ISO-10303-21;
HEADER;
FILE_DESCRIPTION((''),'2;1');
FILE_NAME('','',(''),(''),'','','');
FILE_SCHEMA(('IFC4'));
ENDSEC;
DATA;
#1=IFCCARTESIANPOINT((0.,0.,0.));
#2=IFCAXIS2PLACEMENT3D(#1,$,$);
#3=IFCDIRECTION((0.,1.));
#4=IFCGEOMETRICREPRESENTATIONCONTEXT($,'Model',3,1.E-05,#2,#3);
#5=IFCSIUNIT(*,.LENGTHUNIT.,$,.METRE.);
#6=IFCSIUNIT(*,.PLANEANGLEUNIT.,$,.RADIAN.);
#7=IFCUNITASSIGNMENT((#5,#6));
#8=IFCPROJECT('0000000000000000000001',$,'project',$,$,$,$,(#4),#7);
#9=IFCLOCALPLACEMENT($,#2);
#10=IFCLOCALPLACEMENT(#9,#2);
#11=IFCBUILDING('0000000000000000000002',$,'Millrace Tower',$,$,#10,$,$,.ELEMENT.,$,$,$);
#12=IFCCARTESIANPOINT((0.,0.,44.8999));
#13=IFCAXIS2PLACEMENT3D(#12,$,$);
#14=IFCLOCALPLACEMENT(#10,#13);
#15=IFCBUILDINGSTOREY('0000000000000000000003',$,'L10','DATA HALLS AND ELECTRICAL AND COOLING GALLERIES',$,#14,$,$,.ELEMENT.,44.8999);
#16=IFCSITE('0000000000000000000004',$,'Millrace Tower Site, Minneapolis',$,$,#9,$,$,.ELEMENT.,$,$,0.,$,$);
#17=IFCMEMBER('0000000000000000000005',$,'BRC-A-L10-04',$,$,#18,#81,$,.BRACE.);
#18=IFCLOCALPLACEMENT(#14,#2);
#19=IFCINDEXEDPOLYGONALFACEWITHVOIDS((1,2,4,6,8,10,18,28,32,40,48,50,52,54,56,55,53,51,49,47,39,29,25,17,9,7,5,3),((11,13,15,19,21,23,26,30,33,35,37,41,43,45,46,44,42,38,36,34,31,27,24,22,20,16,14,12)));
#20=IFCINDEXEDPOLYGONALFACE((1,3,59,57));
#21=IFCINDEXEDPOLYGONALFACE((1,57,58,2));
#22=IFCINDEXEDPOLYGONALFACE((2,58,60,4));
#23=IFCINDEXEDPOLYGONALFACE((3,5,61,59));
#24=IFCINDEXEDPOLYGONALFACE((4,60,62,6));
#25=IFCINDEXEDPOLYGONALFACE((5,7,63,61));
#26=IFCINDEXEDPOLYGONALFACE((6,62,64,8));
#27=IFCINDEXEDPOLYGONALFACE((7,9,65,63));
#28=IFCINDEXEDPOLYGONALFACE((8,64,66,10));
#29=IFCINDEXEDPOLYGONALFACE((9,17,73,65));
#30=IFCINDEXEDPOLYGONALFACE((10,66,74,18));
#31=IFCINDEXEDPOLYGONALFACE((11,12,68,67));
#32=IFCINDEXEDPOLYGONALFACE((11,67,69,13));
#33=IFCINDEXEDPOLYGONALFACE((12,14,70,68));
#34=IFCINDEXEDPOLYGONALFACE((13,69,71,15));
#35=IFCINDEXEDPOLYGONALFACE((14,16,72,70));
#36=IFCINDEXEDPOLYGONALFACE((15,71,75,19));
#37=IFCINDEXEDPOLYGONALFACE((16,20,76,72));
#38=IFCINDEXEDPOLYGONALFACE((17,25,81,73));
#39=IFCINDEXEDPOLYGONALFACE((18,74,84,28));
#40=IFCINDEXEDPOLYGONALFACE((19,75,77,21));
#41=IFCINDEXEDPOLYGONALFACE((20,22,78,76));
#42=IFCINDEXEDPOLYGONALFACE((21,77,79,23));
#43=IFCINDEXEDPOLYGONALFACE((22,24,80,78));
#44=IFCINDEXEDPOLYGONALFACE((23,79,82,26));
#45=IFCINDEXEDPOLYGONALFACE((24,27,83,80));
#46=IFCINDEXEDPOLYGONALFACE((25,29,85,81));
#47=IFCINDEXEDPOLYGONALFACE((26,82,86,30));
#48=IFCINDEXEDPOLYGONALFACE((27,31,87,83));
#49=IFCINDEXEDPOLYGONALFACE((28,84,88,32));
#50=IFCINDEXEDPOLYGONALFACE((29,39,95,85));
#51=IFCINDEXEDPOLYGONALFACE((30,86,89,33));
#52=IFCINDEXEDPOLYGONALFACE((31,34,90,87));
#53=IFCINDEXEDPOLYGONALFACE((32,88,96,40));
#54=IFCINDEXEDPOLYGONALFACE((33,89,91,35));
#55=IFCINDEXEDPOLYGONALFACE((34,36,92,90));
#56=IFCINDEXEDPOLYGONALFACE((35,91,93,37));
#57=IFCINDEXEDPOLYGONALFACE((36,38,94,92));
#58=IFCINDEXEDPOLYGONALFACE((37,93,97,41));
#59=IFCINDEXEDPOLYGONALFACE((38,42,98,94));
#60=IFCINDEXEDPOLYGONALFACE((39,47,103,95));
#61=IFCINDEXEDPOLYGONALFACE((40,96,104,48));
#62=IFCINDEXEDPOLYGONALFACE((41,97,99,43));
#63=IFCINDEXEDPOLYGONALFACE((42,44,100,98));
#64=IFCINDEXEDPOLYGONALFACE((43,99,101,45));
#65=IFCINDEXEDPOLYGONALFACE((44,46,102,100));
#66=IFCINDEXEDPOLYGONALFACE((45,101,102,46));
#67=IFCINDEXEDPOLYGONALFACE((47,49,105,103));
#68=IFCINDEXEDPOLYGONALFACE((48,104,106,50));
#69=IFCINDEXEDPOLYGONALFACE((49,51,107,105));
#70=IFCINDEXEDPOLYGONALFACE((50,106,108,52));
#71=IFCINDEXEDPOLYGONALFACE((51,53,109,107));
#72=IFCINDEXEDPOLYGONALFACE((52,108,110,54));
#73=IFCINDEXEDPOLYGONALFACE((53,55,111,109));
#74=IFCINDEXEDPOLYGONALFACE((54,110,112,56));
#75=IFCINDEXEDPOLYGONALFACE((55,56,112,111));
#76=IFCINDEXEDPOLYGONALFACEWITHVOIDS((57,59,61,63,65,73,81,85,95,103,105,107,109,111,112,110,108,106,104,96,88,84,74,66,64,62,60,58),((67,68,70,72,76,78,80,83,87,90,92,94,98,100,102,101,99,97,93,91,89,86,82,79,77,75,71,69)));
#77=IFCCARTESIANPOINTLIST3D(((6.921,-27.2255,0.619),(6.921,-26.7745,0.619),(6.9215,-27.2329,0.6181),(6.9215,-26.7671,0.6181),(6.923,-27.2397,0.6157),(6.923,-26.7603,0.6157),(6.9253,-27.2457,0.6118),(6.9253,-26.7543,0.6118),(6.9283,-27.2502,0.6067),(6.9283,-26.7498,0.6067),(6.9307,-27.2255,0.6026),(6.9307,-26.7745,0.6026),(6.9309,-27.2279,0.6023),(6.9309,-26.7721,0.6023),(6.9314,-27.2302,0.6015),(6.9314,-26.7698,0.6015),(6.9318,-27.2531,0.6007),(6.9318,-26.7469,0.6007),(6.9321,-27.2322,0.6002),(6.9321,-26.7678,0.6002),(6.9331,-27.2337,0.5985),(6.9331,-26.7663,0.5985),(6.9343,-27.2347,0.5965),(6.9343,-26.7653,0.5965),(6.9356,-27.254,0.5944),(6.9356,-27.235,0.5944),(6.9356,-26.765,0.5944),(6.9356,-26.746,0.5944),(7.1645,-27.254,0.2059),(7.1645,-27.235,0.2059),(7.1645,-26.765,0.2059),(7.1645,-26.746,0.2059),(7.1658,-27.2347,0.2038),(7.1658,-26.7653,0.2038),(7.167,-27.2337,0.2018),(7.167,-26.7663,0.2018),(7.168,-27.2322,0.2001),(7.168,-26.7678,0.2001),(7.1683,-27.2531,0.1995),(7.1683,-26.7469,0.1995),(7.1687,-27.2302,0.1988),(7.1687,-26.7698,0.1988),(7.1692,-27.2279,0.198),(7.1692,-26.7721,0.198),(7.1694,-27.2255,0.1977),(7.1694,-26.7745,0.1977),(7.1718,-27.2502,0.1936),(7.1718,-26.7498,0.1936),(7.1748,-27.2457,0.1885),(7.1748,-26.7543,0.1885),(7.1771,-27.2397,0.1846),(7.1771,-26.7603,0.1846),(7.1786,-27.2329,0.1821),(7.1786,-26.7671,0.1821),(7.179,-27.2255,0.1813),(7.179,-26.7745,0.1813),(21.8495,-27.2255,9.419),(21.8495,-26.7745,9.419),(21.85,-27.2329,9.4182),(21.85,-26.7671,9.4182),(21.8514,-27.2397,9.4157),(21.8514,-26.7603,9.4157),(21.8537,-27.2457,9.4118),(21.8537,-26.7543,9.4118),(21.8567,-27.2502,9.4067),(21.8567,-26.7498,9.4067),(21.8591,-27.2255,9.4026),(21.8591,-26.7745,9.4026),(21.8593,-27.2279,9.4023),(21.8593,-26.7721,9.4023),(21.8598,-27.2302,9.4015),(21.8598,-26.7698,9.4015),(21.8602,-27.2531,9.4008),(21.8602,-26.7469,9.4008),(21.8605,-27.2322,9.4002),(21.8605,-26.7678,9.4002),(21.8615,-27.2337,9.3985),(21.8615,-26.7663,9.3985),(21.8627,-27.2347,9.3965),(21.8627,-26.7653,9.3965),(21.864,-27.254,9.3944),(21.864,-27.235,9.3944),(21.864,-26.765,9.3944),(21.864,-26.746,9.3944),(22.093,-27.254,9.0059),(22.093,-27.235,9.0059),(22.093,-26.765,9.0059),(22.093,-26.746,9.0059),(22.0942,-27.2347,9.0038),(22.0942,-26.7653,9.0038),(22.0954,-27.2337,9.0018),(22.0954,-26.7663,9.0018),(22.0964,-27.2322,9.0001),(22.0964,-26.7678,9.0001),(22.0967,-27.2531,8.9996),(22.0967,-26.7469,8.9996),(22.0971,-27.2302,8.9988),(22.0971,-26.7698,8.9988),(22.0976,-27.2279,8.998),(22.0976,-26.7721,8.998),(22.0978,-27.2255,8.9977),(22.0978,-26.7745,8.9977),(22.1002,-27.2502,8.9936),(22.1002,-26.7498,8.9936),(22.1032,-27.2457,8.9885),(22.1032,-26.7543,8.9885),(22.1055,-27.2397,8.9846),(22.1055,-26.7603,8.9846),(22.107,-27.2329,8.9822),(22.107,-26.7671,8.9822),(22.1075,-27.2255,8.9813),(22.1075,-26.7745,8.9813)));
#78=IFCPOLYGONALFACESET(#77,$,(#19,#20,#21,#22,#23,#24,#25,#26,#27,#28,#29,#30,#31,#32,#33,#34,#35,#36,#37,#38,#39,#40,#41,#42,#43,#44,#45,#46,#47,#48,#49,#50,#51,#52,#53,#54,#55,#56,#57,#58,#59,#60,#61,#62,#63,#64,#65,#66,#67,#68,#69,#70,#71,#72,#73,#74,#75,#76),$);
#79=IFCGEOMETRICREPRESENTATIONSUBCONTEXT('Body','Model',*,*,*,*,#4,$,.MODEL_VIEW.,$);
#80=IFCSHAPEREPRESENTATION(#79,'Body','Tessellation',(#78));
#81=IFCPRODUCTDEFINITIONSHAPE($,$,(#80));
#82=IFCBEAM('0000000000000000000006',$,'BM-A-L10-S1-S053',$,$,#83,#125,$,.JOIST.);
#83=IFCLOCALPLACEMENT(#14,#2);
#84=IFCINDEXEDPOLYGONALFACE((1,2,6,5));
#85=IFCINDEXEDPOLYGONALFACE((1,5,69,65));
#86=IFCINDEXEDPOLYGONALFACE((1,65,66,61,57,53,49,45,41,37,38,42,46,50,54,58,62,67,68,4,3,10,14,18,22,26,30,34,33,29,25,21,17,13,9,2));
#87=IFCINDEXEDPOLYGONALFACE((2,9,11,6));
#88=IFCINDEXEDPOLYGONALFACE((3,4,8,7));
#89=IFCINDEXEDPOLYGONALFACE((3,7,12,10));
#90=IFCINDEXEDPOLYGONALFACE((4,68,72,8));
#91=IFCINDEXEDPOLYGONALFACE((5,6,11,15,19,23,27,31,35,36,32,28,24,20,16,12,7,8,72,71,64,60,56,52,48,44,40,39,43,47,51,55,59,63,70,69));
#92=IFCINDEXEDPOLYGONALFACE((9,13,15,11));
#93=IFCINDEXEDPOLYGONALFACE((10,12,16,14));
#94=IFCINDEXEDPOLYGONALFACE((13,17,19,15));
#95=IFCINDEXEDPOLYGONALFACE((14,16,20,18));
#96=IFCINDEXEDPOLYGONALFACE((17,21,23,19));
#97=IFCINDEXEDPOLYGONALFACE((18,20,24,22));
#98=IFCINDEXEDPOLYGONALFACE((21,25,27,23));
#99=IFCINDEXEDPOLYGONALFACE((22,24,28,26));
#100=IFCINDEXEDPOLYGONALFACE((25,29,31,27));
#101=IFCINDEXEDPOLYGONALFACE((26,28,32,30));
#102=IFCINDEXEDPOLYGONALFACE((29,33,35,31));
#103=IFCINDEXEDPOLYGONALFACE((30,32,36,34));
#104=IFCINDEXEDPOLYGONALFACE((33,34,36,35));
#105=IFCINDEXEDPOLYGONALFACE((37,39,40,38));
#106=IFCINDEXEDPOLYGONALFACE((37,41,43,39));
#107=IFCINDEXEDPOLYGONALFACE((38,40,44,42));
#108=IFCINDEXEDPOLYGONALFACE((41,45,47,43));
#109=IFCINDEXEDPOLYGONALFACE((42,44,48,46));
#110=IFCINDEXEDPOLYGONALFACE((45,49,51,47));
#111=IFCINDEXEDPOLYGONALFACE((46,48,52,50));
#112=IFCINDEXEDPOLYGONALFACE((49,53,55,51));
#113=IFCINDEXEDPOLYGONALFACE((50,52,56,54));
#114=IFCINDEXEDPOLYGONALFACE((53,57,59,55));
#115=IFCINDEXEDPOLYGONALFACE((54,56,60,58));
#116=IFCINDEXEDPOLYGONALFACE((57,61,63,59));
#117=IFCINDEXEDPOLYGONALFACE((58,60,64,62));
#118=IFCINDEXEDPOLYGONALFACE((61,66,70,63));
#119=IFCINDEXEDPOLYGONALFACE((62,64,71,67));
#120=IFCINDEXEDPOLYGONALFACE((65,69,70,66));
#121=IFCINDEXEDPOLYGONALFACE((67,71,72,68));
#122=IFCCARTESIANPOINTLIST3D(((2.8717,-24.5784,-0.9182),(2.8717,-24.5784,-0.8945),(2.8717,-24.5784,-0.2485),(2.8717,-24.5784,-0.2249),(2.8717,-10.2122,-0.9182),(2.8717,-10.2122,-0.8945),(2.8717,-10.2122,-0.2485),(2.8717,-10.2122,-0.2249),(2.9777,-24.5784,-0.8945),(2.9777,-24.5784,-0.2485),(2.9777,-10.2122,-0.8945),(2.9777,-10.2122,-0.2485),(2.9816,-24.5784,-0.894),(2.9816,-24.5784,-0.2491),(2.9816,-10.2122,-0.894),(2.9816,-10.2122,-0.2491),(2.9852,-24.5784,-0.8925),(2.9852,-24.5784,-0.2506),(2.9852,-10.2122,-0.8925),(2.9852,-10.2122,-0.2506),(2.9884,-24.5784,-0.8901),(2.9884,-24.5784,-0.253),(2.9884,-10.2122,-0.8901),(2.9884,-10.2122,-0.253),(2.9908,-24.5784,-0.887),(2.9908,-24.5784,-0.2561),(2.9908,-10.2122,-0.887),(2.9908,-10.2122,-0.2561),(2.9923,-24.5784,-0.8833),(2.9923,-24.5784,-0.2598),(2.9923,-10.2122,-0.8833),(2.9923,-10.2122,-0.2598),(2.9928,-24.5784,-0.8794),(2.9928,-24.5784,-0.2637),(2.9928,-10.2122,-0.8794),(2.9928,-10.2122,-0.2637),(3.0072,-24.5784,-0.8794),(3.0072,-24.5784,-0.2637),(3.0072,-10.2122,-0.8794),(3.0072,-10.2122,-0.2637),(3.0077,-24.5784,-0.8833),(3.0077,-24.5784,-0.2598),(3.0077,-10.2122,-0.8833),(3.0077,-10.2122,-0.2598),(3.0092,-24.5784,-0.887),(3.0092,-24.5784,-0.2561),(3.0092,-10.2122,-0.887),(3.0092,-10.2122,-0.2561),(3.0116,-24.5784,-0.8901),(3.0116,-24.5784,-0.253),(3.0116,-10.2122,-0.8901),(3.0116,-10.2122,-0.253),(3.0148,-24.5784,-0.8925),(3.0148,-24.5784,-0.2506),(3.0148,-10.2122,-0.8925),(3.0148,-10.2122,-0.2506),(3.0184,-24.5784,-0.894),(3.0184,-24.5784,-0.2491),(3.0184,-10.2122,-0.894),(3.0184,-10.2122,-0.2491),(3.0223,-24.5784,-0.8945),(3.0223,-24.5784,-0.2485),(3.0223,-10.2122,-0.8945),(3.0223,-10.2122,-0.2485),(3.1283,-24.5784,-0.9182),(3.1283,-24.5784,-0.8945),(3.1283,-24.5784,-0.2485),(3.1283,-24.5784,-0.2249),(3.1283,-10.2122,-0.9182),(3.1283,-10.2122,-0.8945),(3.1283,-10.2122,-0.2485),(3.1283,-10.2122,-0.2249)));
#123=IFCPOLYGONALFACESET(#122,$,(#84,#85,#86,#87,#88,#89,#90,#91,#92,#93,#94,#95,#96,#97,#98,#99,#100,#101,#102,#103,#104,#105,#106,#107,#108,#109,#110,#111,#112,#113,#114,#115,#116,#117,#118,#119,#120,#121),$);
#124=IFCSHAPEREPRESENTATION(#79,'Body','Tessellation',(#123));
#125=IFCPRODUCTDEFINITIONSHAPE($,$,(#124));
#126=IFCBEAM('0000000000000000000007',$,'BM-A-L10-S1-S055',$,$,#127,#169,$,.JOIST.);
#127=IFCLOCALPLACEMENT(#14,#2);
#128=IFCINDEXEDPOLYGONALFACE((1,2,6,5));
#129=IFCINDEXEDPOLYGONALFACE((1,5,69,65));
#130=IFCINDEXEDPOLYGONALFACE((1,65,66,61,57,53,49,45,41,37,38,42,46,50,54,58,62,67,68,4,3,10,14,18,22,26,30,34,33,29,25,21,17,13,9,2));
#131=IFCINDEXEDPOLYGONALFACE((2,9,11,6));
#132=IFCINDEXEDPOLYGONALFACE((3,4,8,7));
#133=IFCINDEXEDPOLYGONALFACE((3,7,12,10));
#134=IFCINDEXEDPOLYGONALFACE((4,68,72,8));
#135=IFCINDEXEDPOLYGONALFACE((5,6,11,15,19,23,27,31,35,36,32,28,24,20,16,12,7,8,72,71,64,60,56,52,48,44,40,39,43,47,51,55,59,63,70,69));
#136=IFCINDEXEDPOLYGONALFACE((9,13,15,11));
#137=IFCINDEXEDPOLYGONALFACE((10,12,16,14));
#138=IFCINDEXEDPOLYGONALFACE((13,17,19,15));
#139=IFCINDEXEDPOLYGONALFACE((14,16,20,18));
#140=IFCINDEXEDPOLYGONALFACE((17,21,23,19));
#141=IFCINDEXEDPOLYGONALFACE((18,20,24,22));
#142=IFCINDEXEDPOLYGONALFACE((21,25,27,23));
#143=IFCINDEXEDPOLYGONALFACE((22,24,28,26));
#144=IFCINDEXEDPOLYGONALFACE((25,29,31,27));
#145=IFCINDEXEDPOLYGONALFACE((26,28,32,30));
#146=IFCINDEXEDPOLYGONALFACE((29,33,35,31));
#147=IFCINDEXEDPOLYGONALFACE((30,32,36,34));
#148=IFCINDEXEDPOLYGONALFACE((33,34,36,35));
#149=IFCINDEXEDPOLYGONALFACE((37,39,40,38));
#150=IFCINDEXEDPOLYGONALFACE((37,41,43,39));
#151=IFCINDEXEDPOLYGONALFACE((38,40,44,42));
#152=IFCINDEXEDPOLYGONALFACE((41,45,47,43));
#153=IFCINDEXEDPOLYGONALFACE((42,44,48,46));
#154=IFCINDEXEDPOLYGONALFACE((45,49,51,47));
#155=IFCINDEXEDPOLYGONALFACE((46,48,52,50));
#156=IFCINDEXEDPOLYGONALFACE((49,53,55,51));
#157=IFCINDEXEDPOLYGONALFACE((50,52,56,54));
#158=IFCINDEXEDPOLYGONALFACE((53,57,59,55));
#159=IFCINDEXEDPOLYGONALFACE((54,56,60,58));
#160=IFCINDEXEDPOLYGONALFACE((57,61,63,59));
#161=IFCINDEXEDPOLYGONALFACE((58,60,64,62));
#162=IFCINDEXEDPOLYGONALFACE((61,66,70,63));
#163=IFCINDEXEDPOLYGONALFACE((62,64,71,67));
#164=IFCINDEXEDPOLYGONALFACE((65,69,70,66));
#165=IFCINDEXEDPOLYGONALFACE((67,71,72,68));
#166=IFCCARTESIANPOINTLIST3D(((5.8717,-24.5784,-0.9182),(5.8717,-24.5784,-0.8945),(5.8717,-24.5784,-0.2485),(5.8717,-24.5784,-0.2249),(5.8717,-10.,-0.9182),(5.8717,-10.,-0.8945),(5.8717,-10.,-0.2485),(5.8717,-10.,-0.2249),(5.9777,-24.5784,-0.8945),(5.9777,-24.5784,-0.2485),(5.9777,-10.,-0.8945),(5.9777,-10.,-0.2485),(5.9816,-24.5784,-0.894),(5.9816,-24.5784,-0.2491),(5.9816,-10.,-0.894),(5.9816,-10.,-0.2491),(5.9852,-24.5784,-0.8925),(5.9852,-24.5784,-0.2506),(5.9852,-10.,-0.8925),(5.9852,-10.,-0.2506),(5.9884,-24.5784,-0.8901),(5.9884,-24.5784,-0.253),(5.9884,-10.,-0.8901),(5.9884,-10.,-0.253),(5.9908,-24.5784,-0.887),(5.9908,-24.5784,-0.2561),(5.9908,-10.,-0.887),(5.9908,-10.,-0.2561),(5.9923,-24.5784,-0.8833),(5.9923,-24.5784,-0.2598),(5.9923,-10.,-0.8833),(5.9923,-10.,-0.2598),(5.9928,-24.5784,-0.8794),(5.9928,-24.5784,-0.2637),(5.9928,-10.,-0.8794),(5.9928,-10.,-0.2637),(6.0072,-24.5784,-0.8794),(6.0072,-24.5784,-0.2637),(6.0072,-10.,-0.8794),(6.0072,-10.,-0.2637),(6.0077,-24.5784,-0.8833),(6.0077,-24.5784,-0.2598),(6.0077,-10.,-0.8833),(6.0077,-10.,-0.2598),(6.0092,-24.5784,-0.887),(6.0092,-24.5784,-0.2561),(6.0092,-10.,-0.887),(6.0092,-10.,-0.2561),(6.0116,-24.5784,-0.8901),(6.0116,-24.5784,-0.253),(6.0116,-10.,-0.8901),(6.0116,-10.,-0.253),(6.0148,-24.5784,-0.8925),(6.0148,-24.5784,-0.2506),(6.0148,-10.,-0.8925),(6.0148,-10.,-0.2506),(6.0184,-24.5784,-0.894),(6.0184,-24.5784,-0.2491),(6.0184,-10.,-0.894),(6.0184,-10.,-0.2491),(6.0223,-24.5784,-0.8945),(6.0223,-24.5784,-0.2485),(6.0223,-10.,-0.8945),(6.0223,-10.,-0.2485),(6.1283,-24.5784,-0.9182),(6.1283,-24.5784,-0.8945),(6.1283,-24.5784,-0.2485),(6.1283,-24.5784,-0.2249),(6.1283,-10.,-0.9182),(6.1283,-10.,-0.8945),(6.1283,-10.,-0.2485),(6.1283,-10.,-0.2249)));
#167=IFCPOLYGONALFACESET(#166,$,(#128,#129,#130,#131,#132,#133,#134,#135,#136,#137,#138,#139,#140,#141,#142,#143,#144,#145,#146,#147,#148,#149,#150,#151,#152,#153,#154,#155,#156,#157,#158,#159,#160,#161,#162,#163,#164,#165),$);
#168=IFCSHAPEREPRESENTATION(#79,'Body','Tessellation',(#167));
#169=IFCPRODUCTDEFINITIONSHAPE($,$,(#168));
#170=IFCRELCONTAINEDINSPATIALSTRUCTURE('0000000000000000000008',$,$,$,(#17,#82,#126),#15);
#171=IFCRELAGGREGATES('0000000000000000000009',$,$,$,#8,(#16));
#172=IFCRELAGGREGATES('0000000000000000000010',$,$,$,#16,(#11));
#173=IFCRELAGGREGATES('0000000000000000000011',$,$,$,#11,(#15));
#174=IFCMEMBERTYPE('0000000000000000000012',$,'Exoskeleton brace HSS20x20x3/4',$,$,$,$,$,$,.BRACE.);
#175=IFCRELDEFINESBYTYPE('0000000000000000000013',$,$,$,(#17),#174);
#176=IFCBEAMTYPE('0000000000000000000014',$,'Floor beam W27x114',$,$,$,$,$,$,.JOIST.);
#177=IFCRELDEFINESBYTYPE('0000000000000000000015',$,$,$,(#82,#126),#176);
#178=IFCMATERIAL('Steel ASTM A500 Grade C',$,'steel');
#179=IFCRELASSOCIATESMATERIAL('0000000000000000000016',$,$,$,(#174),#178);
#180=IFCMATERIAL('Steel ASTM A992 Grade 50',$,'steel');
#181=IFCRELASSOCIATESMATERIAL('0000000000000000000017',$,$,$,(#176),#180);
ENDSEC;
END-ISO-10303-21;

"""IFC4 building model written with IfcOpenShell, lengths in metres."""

from ifc_helpers import new_model, si_unit, direction, frame, origin, origin_2d, place, context, subcontext, project, spatial, hollow_rectangle, i_section, extrude, material, material_profile, profile_set, type_object, element, save


model = new_model("IFC4")

# Units and contexts
model_context = context("Model", 3, precision=1e-05, world=origin(), true_north=direction((0.0, 1.0)))
body_context = subcontext(model_context, "Body", "Model", "MODEL_VIEW")
ifc_project = project(units=[si_unit("LENGTHUNIT", "METRE"), si_unit("PLANEANGLEUNIT", "RADIAN")], contexts=[model_context])

# Site, building, storey
site_placement = place(None, origin())
site = spatial("IfcSite", under=ifc_project, at=site_placement, Name="Millrace Tower Site, Minneapolis", CompositionType="ELEMENT", RefElevation=0.0)
building_placement = place(site_placement, origin())
building = spatial("IfcBuilding", under=site, at=building_placement, Name="Millrace Tower", CompositionType="ELEMENT")
storey_placement = place(building_placement, frame((0.0, 0.0, 44.8999)))
storey = spatial("IfcBuildingStorey", under=building, at=storey_placement, Name="L10", Description="DATA HALLS AND ELECTRICAL AND COOLING GALLERIES", CompositionType="ELEMENT", Elevation=44.8999)

# Member
ifc_material_1 = material(Name="Steel ASTM A500 Grade C", Category="steel")
ifc_material_profile_1 = material_profile(ifc_material_1, hollow_rectangle(XDim=0.5081, YDim=0.5081, WallThickness=0.019, InnerFilletRadius=0.0095, OuterFilletRadius=0.0286, at=origin_2d()))
ifc_profile_set_1 = profile_set([ifc_material_profile_1], Name="Steel ASTM A500 Grade C")
member_type_1 = type_object("IfcMemberType", Name="Exoskeleton brace HSS20x20x3/4", PredefinedType="BRACE", material=ifc_profile_set_1)
member_1_placement = place(storey_placement, frame((7.05, -27.0, 0.4001), z_axis=(0.861465, 0.0, 0.507817), x_axis=(0.0, 1.0, 0.0)))
element("IfcMember", 1, at=member_1_placement, inside=storey, type_object=member_type_1, Name="BRC-A-L10-04", PredefinedType="BRACE", context=body_context, shape_type="SweptSolid", body=[
    extrude(hollow_rectangle(XDim=0.5081, YDim=0.5081, WallThickness=0.019, InnerFilletRadius=0.0095, OuterFilletRadius=0.0286, at=origin_2d()), origin(), (0.0, 0.0, 1.0), 17.3291),
])

# Beams
ifc_material_2 = material(Name="Steel ASTM A992 Grade 50", Category="steel")
ifc_material_profile_2 = material_profile(ifc_material_2, i_section(OverallWidth=0.2566, OverallDepth=0.6934, WebThickness=0.0144, FlangeThickness=0.0237, FilletRadius=0.0151, at=origin_2d()))
ifc_profile_set_2 = profile_set([ifc_material_profile_2], Name="Steel ASTM A992 Grade 50")
beam_type_1 = type_object("IfcBeamType", Name="Floor beam W27x114", PredefinedType="JOIST", material=ifc_profile_set_2)
beam_1_placement = place(storey_placement, frame((3.0, -24.5784, -0.5715), z_axis=(0.0, 1.0, 0.0), x_axis=(-1.0, 0.0, 0.0)))
element("IfcBeam", 2, at=beam_1_placement, inside=storey, type_object=beam_type_1, Name="BM-A-L10-S1-S053", PredefinedType="JOIST", context=body_context, shape_type="SweptSolid", body=[
    extrude(i_section(OverallWidth=0.2566, OverallDepth=0.6934, WebThickness=0.0144, FlangeThickness=0.0237, FilletRadius=0.0151, at=origin_2d()), origin(), (0.0, 0.0, 1.0), 14.3662),
])
for number, where, z_axis, x_axis, name in (
    (3, (6.0, -24.5784, -0.5715), (0.0, 1.0, 0.0), (-1.0, 0.0, 0.0), "BM-A-L10-S1-S055"),
):
    element("IfcBeam", number, at=place(storey_placement, frame(where, z_axis=z_axis, x_axis=x_axis)), inside=storey, type_object=beam_type_1, Name=name, PredefinedType="JOIST", context=body_context, shape_type="SweptSolid", body=[
        extrude(i_section(OverallWidth=0.2566, OverallDepth=0.6934, WebThickness=0.0144, FlangeThickness=0.0237, FilletRadius=0.0151, at=origin_2d()), origin(), (0.0, 0.0, 1.0), 14.5784),
    ])

save(model, "model.ifc")
